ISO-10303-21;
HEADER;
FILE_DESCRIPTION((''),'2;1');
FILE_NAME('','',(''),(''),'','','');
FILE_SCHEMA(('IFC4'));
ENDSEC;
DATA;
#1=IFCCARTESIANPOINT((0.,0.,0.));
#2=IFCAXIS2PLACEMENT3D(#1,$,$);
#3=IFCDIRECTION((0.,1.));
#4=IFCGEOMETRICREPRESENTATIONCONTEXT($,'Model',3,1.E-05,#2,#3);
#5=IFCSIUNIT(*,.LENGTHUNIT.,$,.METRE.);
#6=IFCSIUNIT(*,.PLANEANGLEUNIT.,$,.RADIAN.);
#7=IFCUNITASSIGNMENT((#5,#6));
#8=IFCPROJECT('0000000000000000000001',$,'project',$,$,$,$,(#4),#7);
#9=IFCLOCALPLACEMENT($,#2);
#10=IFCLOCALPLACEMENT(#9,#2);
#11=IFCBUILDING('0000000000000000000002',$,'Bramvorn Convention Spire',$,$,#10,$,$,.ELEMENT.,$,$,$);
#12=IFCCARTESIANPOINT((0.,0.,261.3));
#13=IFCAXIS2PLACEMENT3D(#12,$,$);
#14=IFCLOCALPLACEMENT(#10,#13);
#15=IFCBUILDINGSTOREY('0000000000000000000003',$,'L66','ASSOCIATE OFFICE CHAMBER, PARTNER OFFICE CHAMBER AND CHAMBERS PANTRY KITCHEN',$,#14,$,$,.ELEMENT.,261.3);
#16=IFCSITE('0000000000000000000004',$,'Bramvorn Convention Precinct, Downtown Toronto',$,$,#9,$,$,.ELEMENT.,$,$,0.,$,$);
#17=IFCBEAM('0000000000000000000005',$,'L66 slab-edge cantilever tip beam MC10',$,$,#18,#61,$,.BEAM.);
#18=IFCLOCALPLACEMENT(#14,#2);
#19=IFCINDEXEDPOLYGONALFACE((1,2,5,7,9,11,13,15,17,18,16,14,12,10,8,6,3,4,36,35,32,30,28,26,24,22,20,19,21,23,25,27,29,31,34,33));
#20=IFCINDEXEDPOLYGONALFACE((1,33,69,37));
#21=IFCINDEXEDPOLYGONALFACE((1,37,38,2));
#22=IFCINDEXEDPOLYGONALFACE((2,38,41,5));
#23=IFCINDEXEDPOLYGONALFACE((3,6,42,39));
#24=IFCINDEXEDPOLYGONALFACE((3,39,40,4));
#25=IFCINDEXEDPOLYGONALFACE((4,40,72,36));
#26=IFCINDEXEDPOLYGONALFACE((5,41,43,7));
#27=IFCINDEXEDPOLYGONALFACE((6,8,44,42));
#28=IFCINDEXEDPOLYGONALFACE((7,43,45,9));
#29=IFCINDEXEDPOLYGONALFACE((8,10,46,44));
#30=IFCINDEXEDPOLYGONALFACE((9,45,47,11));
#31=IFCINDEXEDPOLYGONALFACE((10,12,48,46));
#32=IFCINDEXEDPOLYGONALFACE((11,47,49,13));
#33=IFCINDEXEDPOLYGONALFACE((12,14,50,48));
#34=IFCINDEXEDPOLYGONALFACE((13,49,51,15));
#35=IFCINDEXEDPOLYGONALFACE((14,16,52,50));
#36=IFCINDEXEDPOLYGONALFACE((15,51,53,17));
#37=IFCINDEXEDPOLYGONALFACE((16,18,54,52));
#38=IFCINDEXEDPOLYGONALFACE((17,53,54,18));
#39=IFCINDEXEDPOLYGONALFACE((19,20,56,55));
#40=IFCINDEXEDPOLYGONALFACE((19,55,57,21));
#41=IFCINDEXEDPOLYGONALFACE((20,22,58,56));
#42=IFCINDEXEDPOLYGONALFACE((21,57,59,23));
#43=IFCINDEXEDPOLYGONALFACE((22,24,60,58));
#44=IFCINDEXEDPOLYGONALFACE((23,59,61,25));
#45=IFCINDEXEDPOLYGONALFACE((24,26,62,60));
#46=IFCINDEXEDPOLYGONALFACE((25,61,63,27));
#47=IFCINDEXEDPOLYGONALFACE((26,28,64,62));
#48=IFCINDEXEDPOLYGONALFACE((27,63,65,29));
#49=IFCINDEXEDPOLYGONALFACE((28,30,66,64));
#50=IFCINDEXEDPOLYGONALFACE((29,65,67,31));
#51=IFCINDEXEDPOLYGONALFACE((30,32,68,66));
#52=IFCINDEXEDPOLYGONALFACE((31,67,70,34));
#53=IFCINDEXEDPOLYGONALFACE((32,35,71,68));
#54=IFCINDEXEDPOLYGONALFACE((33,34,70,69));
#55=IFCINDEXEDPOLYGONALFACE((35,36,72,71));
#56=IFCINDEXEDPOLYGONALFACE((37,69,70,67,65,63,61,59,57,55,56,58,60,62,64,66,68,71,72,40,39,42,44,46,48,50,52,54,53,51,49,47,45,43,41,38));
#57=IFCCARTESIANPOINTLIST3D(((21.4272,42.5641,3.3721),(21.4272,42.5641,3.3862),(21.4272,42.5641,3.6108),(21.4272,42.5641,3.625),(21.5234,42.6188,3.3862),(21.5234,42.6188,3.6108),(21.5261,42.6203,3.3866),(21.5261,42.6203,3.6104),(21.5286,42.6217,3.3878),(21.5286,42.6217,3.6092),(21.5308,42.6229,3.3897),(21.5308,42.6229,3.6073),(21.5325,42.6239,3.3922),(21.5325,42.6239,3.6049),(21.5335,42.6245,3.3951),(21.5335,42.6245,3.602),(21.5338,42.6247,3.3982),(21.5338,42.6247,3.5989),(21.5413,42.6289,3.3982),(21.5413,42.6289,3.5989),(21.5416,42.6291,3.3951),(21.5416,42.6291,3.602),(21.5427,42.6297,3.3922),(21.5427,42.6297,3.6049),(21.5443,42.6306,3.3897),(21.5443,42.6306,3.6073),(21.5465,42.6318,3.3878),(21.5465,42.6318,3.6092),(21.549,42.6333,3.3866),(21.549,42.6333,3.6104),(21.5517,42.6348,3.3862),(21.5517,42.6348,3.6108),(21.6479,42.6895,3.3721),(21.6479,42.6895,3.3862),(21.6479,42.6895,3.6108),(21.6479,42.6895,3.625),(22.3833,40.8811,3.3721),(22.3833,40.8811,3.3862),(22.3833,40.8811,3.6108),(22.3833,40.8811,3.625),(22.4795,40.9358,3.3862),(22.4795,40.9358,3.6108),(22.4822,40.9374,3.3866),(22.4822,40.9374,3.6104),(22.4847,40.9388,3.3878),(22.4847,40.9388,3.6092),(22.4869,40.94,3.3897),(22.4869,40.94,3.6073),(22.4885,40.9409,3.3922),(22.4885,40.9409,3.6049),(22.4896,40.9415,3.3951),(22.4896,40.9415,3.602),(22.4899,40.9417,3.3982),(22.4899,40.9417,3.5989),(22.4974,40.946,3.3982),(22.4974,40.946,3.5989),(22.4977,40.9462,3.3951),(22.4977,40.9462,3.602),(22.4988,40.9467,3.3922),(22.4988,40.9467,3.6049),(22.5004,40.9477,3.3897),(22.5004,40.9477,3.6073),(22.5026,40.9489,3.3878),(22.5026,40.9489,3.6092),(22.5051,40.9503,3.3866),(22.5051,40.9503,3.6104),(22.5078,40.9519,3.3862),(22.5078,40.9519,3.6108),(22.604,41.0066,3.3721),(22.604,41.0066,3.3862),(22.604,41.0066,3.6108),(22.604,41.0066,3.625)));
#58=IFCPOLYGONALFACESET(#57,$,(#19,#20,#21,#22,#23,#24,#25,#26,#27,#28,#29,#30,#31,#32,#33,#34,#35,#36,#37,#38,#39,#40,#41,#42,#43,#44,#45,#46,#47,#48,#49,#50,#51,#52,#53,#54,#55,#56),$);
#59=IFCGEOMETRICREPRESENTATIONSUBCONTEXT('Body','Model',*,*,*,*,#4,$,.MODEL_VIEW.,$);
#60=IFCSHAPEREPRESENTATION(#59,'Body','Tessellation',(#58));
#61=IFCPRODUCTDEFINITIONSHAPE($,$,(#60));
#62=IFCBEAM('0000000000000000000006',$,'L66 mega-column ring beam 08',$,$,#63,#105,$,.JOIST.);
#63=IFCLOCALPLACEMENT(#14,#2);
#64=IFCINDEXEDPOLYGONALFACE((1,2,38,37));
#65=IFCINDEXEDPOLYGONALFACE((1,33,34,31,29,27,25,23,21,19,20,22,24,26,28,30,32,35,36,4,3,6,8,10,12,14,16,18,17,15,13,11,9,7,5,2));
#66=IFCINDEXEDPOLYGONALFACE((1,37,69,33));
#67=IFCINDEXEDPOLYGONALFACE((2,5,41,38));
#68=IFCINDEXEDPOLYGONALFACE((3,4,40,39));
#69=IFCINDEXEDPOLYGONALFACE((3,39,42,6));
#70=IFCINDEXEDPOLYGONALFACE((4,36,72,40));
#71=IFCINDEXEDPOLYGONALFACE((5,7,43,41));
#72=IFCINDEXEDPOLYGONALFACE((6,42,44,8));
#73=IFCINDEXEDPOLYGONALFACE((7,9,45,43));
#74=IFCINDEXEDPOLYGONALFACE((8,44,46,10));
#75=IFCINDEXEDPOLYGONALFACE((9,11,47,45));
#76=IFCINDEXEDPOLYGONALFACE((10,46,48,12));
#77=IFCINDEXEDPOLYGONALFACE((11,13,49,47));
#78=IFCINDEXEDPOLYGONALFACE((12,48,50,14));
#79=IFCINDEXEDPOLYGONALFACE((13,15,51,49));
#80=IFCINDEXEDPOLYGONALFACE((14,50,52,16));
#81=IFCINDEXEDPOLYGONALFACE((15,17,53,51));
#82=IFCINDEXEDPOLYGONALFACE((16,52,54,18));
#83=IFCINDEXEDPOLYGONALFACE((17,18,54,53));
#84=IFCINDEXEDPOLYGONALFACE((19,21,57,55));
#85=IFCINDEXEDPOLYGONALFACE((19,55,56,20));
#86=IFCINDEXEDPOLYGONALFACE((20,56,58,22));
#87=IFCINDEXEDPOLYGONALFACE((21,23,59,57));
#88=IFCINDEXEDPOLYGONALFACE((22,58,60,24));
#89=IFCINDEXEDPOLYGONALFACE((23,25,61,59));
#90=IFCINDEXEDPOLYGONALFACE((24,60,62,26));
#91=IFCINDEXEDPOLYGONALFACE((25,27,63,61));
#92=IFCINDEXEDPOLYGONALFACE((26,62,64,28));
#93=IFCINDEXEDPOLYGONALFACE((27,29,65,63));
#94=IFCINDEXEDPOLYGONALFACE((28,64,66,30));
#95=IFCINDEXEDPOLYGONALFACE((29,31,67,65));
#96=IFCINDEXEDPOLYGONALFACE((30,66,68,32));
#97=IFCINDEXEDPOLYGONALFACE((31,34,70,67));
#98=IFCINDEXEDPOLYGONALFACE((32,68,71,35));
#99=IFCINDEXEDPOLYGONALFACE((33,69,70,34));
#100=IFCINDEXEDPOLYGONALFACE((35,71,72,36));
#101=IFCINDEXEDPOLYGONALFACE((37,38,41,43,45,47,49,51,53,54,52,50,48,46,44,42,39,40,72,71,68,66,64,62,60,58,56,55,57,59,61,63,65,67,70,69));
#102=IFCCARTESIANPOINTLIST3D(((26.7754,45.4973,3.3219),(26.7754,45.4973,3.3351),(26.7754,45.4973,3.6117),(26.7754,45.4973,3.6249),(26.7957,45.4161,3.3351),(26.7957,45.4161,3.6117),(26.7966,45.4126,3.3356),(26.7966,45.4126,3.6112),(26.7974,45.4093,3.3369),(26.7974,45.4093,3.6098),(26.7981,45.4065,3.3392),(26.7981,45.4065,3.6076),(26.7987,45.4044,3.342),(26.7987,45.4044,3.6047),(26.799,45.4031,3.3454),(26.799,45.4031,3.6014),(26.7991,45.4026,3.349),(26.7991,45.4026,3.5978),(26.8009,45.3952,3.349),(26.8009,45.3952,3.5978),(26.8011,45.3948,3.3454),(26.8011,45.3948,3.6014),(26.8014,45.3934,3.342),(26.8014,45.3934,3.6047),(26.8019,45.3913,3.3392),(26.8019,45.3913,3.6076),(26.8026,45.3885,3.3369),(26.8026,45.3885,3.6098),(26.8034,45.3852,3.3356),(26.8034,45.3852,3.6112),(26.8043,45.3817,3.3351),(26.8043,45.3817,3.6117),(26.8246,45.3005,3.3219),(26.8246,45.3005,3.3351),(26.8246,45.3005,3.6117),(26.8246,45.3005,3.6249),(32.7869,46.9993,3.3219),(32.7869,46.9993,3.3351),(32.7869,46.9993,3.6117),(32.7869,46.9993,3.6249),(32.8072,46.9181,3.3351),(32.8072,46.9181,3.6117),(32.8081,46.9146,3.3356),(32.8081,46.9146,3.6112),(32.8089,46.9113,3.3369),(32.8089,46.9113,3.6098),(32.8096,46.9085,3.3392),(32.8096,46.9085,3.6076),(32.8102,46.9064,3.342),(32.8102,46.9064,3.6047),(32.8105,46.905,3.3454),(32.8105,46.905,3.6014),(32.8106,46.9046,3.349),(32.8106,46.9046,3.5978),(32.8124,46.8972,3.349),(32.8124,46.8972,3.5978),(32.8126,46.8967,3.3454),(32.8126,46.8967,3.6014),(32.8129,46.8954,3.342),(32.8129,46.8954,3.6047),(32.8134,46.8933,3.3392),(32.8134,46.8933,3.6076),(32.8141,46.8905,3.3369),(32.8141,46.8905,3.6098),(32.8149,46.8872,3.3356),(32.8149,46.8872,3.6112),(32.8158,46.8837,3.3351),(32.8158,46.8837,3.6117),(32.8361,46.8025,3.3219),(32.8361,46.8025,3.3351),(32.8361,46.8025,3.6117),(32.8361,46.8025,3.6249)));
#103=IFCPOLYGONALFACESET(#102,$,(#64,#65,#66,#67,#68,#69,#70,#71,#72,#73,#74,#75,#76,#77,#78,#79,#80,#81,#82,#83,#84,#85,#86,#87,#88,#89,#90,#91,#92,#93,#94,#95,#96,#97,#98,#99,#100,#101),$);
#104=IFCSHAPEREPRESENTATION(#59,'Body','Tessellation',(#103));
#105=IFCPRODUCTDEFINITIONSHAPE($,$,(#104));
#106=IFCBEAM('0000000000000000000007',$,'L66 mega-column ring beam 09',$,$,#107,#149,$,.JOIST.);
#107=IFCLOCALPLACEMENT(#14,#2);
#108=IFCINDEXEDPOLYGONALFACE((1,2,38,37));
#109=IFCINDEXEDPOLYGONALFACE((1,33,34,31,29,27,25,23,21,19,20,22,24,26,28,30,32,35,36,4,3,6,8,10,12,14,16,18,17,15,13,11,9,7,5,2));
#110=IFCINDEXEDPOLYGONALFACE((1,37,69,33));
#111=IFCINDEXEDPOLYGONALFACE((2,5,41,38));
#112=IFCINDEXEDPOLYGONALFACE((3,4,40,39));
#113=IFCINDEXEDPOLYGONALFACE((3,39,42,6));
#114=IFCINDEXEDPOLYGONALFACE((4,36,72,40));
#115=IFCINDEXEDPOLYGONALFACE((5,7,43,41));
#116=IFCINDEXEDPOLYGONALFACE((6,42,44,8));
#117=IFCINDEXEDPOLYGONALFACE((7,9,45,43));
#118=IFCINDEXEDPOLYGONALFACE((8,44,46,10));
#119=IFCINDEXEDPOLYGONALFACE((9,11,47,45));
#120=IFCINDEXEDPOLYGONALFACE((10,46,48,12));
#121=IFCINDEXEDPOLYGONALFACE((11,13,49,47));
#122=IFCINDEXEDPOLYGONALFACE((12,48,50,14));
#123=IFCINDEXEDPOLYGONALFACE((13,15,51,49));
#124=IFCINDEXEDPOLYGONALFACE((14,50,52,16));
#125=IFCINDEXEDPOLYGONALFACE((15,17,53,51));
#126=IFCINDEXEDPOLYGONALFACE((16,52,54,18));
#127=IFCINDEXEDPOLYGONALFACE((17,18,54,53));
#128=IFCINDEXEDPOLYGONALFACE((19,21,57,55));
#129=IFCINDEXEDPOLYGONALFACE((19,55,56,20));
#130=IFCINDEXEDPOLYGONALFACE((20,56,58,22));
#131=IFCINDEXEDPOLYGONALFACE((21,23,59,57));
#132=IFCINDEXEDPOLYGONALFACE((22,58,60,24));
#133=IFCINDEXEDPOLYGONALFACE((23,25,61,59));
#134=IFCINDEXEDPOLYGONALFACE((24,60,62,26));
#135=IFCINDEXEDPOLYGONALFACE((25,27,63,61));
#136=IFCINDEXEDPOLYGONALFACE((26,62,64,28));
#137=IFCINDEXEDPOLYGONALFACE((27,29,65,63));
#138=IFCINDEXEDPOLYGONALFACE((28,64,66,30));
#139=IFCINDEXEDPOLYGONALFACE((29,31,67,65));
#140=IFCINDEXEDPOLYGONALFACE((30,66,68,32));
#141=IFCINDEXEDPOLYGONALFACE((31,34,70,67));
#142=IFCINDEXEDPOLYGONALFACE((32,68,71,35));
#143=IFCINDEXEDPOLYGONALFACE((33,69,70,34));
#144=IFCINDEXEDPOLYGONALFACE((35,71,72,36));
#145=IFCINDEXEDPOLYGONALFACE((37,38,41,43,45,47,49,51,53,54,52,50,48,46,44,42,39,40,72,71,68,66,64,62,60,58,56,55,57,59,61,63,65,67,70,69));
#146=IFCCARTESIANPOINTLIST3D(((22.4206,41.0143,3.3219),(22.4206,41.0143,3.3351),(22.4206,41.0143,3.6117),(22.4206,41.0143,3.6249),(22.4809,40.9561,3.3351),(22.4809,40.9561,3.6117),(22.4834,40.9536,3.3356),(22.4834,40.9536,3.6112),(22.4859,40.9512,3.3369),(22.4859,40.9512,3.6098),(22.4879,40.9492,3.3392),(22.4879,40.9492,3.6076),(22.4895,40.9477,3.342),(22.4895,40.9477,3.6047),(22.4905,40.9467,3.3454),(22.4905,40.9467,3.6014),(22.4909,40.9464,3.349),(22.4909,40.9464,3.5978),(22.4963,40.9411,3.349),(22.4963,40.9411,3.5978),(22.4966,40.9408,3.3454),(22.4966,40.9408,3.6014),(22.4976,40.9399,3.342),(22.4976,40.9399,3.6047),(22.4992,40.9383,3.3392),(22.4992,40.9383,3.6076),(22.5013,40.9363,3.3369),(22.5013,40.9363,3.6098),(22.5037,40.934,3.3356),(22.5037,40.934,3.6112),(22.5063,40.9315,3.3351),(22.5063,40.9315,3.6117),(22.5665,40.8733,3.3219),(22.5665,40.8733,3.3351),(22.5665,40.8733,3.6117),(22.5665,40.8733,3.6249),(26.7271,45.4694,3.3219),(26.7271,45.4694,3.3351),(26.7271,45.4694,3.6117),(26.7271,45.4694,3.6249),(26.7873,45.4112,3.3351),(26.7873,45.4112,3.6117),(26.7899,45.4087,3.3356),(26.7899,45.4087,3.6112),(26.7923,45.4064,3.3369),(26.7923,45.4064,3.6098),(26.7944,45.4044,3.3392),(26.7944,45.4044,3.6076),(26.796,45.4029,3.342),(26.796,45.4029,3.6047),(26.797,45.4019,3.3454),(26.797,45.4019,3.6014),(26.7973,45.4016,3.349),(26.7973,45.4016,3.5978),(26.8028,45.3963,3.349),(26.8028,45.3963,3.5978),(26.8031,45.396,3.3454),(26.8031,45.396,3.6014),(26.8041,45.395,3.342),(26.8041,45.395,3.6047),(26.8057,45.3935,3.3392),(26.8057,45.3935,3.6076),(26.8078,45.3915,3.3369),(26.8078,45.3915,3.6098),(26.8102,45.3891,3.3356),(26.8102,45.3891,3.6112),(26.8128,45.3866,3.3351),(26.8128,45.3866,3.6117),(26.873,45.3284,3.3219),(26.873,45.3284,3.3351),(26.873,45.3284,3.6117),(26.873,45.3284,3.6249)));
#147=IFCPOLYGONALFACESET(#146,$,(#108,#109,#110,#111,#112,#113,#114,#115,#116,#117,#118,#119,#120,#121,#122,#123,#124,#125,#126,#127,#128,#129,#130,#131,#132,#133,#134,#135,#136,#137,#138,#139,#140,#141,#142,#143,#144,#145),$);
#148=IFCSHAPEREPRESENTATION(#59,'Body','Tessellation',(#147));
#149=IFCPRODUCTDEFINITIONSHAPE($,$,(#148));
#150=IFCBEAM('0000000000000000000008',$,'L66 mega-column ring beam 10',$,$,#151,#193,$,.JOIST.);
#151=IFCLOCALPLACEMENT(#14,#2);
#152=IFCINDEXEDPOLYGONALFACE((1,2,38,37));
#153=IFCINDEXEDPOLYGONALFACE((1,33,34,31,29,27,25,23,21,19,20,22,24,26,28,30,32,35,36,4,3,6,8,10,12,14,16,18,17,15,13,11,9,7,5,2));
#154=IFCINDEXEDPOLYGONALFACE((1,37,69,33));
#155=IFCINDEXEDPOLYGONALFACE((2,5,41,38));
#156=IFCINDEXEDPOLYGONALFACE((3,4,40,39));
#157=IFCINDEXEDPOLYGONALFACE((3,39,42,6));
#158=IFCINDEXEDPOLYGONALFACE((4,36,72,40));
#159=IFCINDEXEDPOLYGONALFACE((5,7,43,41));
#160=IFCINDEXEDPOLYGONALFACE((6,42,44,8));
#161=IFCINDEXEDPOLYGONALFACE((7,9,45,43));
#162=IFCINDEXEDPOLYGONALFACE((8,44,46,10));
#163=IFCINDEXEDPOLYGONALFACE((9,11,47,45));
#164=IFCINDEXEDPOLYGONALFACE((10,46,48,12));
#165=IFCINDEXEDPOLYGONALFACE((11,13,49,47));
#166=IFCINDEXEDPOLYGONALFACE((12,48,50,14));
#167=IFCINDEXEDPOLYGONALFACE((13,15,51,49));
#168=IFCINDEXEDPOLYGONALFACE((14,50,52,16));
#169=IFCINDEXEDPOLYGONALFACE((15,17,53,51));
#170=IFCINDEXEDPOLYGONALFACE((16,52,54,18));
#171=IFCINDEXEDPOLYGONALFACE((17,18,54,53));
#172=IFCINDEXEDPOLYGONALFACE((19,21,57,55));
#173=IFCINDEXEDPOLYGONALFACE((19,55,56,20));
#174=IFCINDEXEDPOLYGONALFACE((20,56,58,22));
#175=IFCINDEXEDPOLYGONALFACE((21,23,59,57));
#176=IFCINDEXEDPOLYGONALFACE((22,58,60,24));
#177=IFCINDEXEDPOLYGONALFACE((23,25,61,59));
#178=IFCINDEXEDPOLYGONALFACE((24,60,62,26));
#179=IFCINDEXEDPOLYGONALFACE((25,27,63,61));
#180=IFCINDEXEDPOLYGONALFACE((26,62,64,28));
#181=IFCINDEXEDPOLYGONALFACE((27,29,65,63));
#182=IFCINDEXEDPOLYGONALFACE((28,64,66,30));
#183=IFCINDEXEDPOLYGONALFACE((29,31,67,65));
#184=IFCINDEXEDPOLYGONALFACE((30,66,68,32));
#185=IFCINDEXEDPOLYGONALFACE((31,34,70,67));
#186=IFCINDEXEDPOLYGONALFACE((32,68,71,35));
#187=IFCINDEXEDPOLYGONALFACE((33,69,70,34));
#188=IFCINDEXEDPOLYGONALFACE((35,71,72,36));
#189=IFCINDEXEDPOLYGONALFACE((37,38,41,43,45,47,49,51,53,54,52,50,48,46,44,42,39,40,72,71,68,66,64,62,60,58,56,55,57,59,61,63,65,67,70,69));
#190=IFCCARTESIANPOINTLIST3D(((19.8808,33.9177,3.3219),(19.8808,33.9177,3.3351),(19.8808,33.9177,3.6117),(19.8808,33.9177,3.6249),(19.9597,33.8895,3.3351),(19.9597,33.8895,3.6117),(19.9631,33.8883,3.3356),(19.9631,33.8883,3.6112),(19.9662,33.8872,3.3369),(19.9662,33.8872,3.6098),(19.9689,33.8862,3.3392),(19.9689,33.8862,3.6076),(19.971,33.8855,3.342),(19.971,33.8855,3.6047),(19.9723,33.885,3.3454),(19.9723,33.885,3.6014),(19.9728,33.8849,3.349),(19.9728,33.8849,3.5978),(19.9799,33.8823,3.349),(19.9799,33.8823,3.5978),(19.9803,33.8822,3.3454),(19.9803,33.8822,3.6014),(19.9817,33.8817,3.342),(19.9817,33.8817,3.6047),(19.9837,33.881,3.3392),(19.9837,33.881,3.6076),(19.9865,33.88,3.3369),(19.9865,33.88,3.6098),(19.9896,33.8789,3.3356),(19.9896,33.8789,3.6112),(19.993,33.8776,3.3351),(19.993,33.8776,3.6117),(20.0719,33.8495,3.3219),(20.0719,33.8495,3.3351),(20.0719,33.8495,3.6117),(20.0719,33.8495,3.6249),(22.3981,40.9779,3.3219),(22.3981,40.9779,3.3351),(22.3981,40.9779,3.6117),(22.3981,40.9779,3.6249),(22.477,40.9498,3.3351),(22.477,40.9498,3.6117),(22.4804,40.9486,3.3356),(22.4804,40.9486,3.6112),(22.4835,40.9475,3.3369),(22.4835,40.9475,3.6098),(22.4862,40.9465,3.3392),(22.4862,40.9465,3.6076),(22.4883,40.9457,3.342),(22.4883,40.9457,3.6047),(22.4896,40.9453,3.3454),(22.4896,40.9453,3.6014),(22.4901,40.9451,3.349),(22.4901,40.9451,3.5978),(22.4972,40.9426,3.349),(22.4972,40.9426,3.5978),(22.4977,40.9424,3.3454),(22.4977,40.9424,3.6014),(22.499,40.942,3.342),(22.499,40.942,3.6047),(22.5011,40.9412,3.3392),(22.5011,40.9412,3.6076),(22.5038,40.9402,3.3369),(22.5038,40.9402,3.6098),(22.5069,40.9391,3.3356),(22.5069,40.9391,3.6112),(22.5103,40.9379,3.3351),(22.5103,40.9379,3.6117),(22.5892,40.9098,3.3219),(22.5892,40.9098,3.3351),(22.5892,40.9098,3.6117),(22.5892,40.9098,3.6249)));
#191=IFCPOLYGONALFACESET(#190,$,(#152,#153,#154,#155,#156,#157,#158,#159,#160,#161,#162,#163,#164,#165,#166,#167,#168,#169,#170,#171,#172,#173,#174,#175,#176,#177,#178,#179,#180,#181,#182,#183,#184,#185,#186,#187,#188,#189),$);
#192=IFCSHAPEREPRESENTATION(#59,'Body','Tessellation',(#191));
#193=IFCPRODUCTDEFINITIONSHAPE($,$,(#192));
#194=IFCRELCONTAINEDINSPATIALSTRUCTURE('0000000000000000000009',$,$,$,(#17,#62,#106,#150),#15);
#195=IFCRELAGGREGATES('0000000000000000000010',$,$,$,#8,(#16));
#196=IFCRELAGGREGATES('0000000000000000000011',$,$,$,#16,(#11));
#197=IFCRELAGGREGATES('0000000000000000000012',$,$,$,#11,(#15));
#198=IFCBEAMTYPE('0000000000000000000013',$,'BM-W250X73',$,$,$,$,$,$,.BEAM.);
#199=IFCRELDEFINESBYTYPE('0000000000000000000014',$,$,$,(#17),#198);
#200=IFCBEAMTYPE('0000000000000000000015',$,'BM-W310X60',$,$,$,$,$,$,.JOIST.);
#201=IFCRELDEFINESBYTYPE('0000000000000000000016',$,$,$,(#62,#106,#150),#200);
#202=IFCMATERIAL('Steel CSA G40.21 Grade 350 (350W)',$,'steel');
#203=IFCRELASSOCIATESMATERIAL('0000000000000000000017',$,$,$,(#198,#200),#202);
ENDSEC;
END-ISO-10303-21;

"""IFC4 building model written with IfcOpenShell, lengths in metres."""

from ifc_helpers import new_model, si_unit, direction, frame, origin, origin_2d, place, context, subcontext, project, spatial, i_section, extrude, material, material_profile, profile_set, type_object, element, save


model = new_model("IFC4")

# Units and contexts
model_context = context("Model", 3, precision=1e-05, world=origin(), true_north=direction((0.0, 1.0)))
body_context = subcontext(model_context, "Body", "Model", "MODEL_VIEW")
ifc_project = project(units=[si_unit("LENGTHUNIT", "METRE"), si_unit("PLANEANGLEUNIT", "RADIAN")], contexts=[model_context])

# Site, building, storey
site_placement = place(None, origin())
site = spatial("IfcSite", under=ifc_project, at=site_placement, Name="Bramvorn Convention Precinct, Downtown Toronto", CompositionType="ELEMENT", RefElevation=0.0)
building_placement = place(site_placement, origin())
building = spatial("IfcBuilding", under=site, at=building_placement, Name="Bramvorn Convention Spire", CompositionType="ELEMENT")
storey_placement = place(building_placement, frame((0.0, 0.0, 261.3)))
storey = spatial("IfcBuildingStorey", under=building, at=storey_placement, Name="L66", Description="ASSOCIATE OFFICE CHAMBER, PARTNER OFFICE CHAMBER AND CHAMBERS PANTRY KITCHEN", CompositionType="ELEMENT", Elevation=261.3)

# Shared definitions
ifc_material_1 = material(Name="Steel CSA G40.21 Grade 350 (350W)", Category="steel")

# Beams
ifc_material_profile_1 = material_profile(ifc_material_1, i_section(OverallWidth=0.2539, OverallDepth=0.2529, WebThickness=0.0085, FlangeThickness=0.0142, FilletRadius=0.012, at=origin_2d()))
ifc_profile_set_1 = profile_set([ifc_material_profile_1], Name="Steel CSA G40.21 Grade 350 (350W) - W250X73")
beam_type_1 = type_object("IfcBeamType", Name="BM-W250X73", PredefinedType="BEAM", material=ifc_profile_set_1)
beam_1_placement = place(storey_placement, frame((22.4937, 40.9438, 3.4985), z_axis=(-0.493964, 0.869482, 0.0), x_axis=(-0.869482, -0.493964, 0.0)))
element("IfcBeam", 1, at=beam_1_placement, inside=storey, type_object=beam_type_1, Name="L66 slab-edge cantilever tip beam MC10", PredefinedType="BEAM", context=body_context, shape_type="SweptSolid", body=[
    extrude(i_section(OverallWidth=0.2539, OverallDepth=0.2529, WebThickness=0.0085, FlangeThickness=0.0142, FilletRadius=0.012, at=origin_2d()), origin(), (0.0, 0.0, 1.0), 1.9355),
])
ifc_material_profile_2 = material_profile(ifc_material_1, i_section(OverallWidth=0.2029, OverallDepth=0.303, WebThickness=0.0076, FlangeThickness=0.0132, FilletRadius=0.0139, at=origin_2d()))
ifc_profile_set_2 = profile_set([ifc_material_profile_2], Name="Steel CSA G40.21 Grade 350 (350W) - W310X60")
beam_type_2 = type_object("IfcBeamType", Name="BM-W310X60", PredefinedType="JOIST", material=ifc_profile_set_2)
for number, where, z_axis, x_axis, name in (
    (2, (32.8115, 46.9009, 3.4734), (-0.970177, -0.242397, 0.0), (0.242397, -0.970177, 0.0), "L66 mega-column ring beam 08"),
    (3, (26.8, 45.3989, 3.4734), (-0.695007, -0.719003, 0.0), (0.719003, -0.695007, 0.0), "L66 mega-column ring beam 09"),
):
    element("IfcBeam", number, at=place(storey_placement, frame(where, z_axis=z_axis, x_axis=x_axis)), inside=storey, type_object=beam_type_2, Name=name, PredefinedType="JOIST", context=body_context, shape_type="SweptSolid", body=[
        extrude(i_section(OverallWidth=0.2029, OverallDepth=0.303, WebThickness=0.0076, FlangeThickness=0.0132, FilletRadius=0.0139, at=origin_2d()), origin(), (0.0, 0.0, 1.0), 6.1963),
    ])
beam_2_placement = place(storey_placement, frame((22.4937, 40.9438, 3.4734), z_axis=(-0.335839, -0.941919, 0.0), x_axis=(0.941919, -0.335839, 0.0)))
element("IfcBeam", 4, at=beam_2_placement, inside=storey, type_object=beam_type_2, Name="L66 mega-column ring beam 10", PredefinedType="JOIST", context=body_context, shape_type="SweptSolid", body=[
    extrude(i_section(OverallWidth=0.2029, OverallDepth=0.303, WebThickness=0.0076, FlangeThickness=0.0132, FilletRadius=0.0139, at=origin_2d()), origin(), (0.0, 0.0, 1.0), 7.4956),
])

save(model, "model.ifc")
